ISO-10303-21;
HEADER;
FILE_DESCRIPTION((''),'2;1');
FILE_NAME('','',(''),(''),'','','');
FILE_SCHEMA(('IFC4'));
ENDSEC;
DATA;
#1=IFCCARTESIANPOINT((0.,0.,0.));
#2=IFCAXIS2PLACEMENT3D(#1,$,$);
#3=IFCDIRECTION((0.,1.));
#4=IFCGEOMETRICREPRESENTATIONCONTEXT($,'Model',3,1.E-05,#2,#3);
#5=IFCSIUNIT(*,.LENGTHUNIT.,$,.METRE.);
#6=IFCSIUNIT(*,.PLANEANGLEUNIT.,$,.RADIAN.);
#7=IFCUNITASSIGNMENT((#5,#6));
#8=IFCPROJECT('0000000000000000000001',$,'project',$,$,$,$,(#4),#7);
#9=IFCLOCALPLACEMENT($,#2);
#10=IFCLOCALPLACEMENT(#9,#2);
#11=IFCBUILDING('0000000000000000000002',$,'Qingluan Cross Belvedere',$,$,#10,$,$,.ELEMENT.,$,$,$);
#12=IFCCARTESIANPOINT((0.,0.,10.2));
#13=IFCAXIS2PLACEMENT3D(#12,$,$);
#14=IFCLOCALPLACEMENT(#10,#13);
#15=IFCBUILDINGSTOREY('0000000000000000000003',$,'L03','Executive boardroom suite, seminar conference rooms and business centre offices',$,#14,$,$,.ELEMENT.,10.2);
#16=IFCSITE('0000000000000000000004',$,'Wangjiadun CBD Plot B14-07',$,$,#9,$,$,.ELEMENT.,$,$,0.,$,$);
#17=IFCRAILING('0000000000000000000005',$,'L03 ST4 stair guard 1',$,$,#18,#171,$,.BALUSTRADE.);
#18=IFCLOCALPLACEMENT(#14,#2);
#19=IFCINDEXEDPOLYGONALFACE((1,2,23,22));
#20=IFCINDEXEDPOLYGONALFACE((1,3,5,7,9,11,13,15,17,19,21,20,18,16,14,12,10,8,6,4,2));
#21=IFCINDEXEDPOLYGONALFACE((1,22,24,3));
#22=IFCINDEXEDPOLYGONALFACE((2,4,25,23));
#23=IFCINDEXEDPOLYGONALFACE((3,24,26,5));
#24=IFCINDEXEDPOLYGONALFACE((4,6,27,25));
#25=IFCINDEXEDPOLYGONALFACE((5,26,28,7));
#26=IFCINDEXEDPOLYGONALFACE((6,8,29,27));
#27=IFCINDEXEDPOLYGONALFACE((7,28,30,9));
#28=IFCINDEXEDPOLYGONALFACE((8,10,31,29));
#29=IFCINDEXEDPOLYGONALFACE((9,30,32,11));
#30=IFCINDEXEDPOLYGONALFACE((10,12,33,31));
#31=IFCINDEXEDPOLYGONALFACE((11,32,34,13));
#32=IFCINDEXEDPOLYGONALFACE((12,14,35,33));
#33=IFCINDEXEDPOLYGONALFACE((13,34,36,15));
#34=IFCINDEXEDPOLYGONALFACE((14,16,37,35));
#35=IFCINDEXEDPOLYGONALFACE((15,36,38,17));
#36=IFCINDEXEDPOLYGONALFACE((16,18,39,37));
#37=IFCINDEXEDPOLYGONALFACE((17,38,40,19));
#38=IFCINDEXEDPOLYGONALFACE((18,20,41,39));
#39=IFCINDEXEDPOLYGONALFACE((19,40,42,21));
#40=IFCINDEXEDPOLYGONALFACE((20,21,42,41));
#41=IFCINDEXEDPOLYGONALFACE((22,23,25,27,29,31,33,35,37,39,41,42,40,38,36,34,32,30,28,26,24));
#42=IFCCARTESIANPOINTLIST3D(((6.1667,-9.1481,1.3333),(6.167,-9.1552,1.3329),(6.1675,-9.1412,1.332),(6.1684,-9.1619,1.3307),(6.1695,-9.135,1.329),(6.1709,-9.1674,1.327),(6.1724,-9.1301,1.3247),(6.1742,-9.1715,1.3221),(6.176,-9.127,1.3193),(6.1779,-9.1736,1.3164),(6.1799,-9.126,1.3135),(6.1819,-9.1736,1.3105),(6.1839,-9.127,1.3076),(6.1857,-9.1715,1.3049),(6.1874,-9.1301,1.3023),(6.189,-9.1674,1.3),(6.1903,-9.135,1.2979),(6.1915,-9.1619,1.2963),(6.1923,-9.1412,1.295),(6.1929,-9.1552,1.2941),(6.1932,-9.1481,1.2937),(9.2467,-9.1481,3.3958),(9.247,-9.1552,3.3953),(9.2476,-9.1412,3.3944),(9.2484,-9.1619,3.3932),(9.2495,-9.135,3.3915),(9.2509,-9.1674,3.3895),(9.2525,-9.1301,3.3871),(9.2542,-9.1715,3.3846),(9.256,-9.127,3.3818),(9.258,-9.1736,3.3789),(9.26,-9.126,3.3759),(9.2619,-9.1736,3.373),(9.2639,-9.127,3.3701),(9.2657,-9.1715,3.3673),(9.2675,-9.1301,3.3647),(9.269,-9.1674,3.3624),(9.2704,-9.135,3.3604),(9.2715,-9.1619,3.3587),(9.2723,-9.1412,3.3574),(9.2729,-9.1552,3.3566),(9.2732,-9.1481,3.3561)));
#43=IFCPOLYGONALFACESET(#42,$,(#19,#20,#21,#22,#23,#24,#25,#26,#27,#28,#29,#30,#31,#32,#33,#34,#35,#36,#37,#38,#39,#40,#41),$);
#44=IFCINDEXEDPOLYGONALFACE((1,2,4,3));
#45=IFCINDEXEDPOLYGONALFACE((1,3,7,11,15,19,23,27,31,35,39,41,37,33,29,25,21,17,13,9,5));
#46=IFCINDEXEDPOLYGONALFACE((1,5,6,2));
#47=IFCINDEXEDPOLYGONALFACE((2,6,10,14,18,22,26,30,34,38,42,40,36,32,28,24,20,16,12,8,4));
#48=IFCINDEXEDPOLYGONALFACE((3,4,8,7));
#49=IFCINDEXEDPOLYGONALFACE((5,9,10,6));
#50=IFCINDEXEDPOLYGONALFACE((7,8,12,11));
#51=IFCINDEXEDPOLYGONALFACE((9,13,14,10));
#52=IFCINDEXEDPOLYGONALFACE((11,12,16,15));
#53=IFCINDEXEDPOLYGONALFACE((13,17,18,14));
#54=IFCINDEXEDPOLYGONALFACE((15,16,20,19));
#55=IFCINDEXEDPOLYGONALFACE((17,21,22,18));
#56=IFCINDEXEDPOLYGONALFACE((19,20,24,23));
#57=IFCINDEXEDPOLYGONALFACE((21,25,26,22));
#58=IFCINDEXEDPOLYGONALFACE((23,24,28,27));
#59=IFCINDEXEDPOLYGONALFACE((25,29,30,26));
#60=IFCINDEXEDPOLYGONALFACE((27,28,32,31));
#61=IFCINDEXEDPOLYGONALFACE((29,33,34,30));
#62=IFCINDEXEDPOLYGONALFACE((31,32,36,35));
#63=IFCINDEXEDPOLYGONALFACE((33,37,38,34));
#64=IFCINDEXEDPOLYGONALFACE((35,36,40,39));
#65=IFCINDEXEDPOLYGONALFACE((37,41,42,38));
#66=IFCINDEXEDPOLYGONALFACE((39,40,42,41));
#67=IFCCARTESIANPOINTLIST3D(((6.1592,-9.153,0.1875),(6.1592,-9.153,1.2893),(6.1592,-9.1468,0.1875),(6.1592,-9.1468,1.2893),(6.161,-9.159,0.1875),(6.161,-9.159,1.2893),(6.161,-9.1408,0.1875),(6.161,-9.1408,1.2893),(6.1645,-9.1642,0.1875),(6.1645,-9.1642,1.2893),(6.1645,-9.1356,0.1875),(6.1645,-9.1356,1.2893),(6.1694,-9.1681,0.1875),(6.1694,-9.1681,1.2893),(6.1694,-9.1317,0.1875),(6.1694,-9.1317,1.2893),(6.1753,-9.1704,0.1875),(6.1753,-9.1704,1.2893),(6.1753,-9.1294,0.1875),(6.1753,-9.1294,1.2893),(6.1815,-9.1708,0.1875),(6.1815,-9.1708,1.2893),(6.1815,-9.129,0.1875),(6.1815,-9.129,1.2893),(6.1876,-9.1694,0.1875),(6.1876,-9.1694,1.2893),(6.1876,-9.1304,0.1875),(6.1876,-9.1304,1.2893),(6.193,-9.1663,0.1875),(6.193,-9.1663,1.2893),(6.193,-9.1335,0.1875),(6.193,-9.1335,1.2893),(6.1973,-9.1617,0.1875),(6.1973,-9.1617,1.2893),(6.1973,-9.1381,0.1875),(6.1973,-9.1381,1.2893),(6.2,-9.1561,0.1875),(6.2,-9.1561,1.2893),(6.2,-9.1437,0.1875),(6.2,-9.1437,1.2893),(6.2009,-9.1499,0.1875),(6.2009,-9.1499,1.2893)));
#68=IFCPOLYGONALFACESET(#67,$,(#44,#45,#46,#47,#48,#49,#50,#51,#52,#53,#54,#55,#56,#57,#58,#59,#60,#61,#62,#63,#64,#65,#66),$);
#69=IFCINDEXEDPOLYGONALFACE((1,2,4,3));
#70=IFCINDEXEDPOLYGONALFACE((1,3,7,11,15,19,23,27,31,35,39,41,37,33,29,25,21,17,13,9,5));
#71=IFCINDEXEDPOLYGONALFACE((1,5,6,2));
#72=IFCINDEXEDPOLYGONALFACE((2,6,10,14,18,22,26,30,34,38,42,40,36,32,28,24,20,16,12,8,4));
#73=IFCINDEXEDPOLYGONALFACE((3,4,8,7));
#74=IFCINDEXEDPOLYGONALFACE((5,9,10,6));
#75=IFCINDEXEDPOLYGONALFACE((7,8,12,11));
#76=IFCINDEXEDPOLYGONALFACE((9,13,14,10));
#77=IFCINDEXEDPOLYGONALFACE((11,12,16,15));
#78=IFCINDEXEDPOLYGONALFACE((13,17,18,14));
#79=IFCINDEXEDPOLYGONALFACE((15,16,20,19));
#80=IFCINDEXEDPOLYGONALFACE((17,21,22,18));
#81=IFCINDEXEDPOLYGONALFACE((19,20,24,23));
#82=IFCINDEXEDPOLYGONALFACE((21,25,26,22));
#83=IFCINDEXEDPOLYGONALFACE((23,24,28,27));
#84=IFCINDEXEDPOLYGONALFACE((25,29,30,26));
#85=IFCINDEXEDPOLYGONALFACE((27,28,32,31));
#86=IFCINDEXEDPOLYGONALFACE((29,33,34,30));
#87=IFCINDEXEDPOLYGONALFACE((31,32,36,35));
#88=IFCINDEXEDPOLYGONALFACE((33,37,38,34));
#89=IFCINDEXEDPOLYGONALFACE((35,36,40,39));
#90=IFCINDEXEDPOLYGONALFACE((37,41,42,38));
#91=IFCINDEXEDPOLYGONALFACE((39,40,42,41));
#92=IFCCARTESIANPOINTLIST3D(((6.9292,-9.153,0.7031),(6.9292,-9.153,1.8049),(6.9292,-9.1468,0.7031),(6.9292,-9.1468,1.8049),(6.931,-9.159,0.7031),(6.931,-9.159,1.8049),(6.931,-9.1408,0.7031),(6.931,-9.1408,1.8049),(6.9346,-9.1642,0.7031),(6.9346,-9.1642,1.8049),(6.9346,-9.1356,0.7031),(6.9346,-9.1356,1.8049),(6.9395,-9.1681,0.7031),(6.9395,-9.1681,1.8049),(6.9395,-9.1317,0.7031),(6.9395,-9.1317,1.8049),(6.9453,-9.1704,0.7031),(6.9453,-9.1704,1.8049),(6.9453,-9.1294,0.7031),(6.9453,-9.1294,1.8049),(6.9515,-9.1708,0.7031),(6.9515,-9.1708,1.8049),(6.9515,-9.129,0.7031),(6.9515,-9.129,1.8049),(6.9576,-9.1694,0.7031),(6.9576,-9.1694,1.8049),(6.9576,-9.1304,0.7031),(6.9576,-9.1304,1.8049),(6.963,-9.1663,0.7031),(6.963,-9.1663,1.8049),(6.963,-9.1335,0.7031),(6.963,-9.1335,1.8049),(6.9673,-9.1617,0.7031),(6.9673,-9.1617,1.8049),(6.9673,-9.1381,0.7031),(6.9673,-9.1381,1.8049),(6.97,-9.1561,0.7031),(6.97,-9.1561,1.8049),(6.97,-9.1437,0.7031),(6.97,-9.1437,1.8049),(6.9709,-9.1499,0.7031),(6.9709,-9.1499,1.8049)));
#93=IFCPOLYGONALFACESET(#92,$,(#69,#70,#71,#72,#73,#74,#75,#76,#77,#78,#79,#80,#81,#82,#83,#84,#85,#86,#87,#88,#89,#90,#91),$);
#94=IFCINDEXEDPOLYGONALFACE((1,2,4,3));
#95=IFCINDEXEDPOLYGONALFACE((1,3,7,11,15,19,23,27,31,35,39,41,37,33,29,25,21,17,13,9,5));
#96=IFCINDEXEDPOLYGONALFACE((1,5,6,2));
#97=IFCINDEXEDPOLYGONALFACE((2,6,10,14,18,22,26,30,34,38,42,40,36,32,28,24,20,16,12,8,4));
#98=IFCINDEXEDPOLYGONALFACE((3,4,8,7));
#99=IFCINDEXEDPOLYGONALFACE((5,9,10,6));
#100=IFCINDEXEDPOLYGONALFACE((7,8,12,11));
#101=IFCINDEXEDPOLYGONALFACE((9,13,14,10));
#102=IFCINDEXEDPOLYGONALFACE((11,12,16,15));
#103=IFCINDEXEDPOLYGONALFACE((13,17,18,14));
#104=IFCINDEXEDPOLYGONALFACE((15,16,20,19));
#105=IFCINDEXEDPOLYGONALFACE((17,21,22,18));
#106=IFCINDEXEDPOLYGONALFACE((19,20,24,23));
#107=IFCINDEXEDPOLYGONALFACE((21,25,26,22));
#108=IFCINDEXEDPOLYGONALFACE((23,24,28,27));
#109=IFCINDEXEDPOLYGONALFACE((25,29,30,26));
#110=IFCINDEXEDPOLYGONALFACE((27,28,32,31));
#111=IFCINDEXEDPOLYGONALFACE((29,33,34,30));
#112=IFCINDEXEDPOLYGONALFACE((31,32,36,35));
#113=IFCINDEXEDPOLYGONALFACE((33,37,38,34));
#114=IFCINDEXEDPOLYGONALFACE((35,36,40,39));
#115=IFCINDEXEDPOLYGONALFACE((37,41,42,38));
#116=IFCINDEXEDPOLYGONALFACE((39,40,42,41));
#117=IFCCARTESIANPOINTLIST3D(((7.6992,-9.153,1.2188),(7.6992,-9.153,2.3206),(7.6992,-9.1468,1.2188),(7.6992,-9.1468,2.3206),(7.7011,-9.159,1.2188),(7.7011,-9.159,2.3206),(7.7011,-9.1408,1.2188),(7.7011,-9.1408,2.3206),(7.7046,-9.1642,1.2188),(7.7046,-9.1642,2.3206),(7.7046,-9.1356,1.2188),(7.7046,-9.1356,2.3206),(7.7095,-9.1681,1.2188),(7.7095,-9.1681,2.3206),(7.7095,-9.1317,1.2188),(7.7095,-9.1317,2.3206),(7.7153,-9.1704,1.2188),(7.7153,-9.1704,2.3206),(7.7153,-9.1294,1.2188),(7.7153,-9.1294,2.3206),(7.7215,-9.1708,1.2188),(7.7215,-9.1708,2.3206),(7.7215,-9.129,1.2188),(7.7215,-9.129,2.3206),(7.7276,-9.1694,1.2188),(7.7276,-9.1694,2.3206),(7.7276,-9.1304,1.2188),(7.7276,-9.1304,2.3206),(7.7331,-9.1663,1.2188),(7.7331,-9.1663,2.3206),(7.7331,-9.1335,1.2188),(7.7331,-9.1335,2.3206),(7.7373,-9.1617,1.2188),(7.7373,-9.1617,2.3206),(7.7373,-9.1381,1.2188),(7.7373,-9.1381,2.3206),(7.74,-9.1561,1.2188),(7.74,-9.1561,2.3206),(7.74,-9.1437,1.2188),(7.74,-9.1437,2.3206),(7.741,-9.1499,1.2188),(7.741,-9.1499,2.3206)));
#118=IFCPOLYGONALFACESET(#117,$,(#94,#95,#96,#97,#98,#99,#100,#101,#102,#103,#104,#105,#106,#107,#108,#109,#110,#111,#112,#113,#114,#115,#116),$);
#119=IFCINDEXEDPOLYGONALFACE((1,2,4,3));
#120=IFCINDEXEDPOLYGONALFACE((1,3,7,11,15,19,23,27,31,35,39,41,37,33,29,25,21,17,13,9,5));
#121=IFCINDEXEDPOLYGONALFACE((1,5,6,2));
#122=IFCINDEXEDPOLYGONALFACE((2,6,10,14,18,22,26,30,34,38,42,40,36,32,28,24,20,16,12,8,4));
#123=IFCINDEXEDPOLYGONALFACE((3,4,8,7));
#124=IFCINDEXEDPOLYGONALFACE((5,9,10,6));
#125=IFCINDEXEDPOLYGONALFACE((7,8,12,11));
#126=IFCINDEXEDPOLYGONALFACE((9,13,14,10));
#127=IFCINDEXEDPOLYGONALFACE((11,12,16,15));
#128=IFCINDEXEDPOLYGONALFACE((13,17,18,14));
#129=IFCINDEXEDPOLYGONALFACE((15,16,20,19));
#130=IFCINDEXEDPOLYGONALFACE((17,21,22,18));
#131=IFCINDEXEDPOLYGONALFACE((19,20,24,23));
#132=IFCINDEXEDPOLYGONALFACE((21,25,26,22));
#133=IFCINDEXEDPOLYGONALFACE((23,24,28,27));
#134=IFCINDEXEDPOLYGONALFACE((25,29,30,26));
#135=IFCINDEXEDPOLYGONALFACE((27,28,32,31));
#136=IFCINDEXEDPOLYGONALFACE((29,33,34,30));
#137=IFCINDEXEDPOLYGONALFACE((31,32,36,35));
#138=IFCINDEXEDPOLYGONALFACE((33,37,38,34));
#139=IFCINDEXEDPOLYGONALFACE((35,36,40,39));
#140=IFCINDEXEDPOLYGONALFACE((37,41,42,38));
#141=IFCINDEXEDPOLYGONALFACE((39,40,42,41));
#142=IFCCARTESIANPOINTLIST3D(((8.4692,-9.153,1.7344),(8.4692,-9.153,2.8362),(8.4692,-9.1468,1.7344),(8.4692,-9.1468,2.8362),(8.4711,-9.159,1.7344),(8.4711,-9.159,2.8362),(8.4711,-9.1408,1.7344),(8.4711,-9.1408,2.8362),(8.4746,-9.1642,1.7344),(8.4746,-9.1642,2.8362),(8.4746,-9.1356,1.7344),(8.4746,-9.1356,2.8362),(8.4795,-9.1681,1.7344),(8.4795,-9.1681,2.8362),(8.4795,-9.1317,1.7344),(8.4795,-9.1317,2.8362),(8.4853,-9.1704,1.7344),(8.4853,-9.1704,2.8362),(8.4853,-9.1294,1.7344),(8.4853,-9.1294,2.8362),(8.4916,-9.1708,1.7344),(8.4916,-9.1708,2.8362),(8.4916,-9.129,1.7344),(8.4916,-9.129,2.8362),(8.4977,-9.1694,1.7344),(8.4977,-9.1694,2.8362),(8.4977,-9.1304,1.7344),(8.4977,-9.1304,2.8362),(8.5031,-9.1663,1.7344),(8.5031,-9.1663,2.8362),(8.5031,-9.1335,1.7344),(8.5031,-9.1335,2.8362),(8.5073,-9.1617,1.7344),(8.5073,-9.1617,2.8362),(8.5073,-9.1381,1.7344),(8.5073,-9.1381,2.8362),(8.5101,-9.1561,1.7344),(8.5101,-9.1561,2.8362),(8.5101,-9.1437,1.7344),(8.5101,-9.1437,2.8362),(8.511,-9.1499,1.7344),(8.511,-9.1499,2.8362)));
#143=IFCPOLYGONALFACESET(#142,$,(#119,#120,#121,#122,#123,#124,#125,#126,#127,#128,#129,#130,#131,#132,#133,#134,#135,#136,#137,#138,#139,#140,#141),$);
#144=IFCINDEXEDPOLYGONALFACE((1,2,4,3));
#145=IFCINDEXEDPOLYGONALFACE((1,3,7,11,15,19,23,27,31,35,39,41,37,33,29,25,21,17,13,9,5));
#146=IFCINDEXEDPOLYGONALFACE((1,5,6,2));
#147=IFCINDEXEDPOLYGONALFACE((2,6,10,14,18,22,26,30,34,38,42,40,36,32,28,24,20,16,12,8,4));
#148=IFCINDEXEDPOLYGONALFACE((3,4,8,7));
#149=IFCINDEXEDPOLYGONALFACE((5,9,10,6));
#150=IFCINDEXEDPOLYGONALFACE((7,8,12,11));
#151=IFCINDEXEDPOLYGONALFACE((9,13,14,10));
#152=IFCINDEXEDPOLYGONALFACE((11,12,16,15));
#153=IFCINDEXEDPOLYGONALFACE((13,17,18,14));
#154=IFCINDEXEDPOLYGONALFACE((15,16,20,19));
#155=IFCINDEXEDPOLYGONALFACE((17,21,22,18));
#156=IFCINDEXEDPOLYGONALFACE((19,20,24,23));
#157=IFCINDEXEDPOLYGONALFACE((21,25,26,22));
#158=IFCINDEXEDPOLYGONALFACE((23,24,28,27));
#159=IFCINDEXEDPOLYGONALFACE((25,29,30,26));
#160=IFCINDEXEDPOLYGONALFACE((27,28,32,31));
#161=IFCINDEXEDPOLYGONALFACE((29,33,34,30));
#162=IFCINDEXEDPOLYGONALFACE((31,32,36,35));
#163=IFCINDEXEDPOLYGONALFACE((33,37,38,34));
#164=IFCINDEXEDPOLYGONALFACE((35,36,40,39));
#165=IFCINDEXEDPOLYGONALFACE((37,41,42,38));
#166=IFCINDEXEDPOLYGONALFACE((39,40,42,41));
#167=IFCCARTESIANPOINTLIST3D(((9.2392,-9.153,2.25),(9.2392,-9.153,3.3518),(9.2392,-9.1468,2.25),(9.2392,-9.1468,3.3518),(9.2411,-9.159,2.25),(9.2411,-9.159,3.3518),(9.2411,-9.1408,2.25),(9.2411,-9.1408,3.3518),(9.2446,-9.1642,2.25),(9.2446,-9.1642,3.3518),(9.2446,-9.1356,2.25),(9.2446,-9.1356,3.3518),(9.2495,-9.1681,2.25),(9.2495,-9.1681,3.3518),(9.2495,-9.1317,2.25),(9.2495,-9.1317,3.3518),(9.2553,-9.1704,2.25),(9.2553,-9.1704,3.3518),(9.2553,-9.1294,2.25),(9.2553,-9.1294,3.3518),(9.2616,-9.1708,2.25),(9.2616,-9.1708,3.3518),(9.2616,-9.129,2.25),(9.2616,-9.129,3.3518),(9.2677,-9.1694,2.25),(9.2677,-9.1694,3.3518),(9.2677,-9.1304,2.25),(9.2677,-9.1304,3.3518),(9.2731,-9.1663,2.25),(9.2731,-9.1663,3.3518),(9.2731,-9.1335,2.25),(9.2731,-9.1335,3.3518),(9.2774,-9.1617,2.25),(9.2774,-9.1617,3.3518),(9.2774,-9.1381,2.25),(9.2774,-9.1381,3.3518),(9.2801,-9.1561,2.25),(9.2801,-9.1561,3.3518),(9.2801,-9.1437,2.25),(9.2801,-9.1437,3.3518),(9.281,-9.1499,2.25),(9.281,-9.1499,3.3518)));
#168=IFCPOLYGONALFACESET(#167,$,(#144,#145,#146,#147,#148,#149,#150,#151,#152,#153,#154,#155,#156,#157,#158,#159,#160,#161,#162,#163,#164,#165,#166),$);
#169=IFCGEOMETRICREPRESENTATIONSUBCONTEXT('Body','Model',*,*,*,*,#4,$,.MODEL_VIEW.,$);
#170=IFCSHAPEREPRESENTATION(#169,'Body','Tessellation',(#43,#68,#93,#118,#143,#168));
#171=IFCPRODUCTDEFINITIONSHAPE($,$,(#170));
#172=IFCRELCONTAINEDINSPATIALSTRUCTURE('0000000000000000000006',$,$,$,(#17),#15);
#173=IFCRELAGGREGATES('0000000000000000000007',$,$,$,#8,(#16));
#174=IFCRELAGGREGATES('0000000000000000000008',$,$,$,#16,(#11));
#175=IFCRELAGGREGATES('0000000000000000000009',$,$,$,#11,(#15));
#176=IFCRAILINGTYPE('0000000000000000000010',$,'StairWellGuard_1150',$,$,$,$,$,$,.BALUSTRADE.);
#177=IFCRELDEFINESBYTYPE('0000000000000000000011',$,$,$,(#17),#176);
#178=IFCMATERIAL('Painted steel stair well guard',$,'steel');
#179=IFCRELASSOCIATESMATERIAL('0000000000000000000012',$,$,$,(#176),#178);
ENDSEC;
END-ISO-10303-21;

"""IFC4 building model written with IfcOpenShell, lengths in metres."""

from ifc_helpers import new_model, si_unit, direction, frame, origin, origin_2d, place, context, subcontext, project, spatial, circle, extrude, material, type_object, element, save


model = new_model("IFC4")

# Units and contexts
model_context = context("Model", 3, precision=1e-05, world=origin(), true_north=direction((0.0, 1.0)))
body_context = subcontext(model_context, "Body", "Model", "MODEL_VIEW")
ifc_project = project(units=[si_unit("LENGTHUNIT", "METRE"), si_unit("PLANEANGLEUNIT", "RADIAN")], contexts=[model_context])

# Site, building, storey
site_placement = place(None, origin())
site = spatial("IfcSite", under=ifc_project, at=site_placement, Name="Wangjiadun CBD Plot B14-07", CompositionType="ELEMENT", RefElevation=0.0)
building_placement = place(site_placement, origin())
building = spatial("IfcBuilding", under=site, at=building_placement, Name="Qingluan Cross Belvedere", CompositionType="ELEMENT")
storey_placement = place(building_placement, frame((0.0, 0.0, 10.2)))
storey = spatial("IfcBuildingStorey", under=building, at=storey_placement, Name="L03", Description="Executive boardroom suite, seminar conference rooms and business centre offices", CompositionType="ELEMENT", Elevation=10.2)

# Railing
ifc_material_1 = material(Name="Painted steel stair well guard", Category="steel")
railing_type_1 = type_object("IfcRailingType", Name="StairWellGuard_1150", PredefinedType="BALUSTRADE", material=ifc_material_1)
railing_1_placement = place(storey_placement, frame((6.1799, -9.1499, 0.1875)))
element("IfcRailing", 1, at=railing_1_placement, inside=storey, type_object=railing_type_1, Name="L03 ST4 stair guard 1", PredefinedType="BALUSTRADE", context=body_context, shape_type="SweptSolid", body=[
    extrude(circle(Radius=0.0239, at=origin_2d()), frame((0.0, 0.0, 1.126), z_axis=(0.830914, 0.0, 0.556401), x_axis=(0.0, 1.0, 0.0)), (0.0, 0.0, 1.0), 3.7068),
    extrude(circle(Radius=0.021, at=origin_2d()), origin(), (0.0, 0.0, 1.0), 1.1018),
    extrude(circle(Radius=0.021, at=origin_2d()), frame((0.77, 0.0, 0.5156)), (0.0, 0.0, 1.0), 1.1018),
    extrude(circle(Radius=0.021, at=origin_2d()), frame((1.54, 0.0, 1.0312)), (0.0, 0.0, 1.0), 1.1018),
    extrude(circle(Radius=0.021, at=origin_2d()), frame((2.3101, 0.0, 1.5469)), (0.0, 0.0, 1.0), 1.1018),
    extrude(circle(Radius=0.021, at=origin_2d()), frame((3.0801, 0.0, 2.0625)), (0.0, 0.0, 1.0), 1.1018),
])

save(model, "model.ifc")
